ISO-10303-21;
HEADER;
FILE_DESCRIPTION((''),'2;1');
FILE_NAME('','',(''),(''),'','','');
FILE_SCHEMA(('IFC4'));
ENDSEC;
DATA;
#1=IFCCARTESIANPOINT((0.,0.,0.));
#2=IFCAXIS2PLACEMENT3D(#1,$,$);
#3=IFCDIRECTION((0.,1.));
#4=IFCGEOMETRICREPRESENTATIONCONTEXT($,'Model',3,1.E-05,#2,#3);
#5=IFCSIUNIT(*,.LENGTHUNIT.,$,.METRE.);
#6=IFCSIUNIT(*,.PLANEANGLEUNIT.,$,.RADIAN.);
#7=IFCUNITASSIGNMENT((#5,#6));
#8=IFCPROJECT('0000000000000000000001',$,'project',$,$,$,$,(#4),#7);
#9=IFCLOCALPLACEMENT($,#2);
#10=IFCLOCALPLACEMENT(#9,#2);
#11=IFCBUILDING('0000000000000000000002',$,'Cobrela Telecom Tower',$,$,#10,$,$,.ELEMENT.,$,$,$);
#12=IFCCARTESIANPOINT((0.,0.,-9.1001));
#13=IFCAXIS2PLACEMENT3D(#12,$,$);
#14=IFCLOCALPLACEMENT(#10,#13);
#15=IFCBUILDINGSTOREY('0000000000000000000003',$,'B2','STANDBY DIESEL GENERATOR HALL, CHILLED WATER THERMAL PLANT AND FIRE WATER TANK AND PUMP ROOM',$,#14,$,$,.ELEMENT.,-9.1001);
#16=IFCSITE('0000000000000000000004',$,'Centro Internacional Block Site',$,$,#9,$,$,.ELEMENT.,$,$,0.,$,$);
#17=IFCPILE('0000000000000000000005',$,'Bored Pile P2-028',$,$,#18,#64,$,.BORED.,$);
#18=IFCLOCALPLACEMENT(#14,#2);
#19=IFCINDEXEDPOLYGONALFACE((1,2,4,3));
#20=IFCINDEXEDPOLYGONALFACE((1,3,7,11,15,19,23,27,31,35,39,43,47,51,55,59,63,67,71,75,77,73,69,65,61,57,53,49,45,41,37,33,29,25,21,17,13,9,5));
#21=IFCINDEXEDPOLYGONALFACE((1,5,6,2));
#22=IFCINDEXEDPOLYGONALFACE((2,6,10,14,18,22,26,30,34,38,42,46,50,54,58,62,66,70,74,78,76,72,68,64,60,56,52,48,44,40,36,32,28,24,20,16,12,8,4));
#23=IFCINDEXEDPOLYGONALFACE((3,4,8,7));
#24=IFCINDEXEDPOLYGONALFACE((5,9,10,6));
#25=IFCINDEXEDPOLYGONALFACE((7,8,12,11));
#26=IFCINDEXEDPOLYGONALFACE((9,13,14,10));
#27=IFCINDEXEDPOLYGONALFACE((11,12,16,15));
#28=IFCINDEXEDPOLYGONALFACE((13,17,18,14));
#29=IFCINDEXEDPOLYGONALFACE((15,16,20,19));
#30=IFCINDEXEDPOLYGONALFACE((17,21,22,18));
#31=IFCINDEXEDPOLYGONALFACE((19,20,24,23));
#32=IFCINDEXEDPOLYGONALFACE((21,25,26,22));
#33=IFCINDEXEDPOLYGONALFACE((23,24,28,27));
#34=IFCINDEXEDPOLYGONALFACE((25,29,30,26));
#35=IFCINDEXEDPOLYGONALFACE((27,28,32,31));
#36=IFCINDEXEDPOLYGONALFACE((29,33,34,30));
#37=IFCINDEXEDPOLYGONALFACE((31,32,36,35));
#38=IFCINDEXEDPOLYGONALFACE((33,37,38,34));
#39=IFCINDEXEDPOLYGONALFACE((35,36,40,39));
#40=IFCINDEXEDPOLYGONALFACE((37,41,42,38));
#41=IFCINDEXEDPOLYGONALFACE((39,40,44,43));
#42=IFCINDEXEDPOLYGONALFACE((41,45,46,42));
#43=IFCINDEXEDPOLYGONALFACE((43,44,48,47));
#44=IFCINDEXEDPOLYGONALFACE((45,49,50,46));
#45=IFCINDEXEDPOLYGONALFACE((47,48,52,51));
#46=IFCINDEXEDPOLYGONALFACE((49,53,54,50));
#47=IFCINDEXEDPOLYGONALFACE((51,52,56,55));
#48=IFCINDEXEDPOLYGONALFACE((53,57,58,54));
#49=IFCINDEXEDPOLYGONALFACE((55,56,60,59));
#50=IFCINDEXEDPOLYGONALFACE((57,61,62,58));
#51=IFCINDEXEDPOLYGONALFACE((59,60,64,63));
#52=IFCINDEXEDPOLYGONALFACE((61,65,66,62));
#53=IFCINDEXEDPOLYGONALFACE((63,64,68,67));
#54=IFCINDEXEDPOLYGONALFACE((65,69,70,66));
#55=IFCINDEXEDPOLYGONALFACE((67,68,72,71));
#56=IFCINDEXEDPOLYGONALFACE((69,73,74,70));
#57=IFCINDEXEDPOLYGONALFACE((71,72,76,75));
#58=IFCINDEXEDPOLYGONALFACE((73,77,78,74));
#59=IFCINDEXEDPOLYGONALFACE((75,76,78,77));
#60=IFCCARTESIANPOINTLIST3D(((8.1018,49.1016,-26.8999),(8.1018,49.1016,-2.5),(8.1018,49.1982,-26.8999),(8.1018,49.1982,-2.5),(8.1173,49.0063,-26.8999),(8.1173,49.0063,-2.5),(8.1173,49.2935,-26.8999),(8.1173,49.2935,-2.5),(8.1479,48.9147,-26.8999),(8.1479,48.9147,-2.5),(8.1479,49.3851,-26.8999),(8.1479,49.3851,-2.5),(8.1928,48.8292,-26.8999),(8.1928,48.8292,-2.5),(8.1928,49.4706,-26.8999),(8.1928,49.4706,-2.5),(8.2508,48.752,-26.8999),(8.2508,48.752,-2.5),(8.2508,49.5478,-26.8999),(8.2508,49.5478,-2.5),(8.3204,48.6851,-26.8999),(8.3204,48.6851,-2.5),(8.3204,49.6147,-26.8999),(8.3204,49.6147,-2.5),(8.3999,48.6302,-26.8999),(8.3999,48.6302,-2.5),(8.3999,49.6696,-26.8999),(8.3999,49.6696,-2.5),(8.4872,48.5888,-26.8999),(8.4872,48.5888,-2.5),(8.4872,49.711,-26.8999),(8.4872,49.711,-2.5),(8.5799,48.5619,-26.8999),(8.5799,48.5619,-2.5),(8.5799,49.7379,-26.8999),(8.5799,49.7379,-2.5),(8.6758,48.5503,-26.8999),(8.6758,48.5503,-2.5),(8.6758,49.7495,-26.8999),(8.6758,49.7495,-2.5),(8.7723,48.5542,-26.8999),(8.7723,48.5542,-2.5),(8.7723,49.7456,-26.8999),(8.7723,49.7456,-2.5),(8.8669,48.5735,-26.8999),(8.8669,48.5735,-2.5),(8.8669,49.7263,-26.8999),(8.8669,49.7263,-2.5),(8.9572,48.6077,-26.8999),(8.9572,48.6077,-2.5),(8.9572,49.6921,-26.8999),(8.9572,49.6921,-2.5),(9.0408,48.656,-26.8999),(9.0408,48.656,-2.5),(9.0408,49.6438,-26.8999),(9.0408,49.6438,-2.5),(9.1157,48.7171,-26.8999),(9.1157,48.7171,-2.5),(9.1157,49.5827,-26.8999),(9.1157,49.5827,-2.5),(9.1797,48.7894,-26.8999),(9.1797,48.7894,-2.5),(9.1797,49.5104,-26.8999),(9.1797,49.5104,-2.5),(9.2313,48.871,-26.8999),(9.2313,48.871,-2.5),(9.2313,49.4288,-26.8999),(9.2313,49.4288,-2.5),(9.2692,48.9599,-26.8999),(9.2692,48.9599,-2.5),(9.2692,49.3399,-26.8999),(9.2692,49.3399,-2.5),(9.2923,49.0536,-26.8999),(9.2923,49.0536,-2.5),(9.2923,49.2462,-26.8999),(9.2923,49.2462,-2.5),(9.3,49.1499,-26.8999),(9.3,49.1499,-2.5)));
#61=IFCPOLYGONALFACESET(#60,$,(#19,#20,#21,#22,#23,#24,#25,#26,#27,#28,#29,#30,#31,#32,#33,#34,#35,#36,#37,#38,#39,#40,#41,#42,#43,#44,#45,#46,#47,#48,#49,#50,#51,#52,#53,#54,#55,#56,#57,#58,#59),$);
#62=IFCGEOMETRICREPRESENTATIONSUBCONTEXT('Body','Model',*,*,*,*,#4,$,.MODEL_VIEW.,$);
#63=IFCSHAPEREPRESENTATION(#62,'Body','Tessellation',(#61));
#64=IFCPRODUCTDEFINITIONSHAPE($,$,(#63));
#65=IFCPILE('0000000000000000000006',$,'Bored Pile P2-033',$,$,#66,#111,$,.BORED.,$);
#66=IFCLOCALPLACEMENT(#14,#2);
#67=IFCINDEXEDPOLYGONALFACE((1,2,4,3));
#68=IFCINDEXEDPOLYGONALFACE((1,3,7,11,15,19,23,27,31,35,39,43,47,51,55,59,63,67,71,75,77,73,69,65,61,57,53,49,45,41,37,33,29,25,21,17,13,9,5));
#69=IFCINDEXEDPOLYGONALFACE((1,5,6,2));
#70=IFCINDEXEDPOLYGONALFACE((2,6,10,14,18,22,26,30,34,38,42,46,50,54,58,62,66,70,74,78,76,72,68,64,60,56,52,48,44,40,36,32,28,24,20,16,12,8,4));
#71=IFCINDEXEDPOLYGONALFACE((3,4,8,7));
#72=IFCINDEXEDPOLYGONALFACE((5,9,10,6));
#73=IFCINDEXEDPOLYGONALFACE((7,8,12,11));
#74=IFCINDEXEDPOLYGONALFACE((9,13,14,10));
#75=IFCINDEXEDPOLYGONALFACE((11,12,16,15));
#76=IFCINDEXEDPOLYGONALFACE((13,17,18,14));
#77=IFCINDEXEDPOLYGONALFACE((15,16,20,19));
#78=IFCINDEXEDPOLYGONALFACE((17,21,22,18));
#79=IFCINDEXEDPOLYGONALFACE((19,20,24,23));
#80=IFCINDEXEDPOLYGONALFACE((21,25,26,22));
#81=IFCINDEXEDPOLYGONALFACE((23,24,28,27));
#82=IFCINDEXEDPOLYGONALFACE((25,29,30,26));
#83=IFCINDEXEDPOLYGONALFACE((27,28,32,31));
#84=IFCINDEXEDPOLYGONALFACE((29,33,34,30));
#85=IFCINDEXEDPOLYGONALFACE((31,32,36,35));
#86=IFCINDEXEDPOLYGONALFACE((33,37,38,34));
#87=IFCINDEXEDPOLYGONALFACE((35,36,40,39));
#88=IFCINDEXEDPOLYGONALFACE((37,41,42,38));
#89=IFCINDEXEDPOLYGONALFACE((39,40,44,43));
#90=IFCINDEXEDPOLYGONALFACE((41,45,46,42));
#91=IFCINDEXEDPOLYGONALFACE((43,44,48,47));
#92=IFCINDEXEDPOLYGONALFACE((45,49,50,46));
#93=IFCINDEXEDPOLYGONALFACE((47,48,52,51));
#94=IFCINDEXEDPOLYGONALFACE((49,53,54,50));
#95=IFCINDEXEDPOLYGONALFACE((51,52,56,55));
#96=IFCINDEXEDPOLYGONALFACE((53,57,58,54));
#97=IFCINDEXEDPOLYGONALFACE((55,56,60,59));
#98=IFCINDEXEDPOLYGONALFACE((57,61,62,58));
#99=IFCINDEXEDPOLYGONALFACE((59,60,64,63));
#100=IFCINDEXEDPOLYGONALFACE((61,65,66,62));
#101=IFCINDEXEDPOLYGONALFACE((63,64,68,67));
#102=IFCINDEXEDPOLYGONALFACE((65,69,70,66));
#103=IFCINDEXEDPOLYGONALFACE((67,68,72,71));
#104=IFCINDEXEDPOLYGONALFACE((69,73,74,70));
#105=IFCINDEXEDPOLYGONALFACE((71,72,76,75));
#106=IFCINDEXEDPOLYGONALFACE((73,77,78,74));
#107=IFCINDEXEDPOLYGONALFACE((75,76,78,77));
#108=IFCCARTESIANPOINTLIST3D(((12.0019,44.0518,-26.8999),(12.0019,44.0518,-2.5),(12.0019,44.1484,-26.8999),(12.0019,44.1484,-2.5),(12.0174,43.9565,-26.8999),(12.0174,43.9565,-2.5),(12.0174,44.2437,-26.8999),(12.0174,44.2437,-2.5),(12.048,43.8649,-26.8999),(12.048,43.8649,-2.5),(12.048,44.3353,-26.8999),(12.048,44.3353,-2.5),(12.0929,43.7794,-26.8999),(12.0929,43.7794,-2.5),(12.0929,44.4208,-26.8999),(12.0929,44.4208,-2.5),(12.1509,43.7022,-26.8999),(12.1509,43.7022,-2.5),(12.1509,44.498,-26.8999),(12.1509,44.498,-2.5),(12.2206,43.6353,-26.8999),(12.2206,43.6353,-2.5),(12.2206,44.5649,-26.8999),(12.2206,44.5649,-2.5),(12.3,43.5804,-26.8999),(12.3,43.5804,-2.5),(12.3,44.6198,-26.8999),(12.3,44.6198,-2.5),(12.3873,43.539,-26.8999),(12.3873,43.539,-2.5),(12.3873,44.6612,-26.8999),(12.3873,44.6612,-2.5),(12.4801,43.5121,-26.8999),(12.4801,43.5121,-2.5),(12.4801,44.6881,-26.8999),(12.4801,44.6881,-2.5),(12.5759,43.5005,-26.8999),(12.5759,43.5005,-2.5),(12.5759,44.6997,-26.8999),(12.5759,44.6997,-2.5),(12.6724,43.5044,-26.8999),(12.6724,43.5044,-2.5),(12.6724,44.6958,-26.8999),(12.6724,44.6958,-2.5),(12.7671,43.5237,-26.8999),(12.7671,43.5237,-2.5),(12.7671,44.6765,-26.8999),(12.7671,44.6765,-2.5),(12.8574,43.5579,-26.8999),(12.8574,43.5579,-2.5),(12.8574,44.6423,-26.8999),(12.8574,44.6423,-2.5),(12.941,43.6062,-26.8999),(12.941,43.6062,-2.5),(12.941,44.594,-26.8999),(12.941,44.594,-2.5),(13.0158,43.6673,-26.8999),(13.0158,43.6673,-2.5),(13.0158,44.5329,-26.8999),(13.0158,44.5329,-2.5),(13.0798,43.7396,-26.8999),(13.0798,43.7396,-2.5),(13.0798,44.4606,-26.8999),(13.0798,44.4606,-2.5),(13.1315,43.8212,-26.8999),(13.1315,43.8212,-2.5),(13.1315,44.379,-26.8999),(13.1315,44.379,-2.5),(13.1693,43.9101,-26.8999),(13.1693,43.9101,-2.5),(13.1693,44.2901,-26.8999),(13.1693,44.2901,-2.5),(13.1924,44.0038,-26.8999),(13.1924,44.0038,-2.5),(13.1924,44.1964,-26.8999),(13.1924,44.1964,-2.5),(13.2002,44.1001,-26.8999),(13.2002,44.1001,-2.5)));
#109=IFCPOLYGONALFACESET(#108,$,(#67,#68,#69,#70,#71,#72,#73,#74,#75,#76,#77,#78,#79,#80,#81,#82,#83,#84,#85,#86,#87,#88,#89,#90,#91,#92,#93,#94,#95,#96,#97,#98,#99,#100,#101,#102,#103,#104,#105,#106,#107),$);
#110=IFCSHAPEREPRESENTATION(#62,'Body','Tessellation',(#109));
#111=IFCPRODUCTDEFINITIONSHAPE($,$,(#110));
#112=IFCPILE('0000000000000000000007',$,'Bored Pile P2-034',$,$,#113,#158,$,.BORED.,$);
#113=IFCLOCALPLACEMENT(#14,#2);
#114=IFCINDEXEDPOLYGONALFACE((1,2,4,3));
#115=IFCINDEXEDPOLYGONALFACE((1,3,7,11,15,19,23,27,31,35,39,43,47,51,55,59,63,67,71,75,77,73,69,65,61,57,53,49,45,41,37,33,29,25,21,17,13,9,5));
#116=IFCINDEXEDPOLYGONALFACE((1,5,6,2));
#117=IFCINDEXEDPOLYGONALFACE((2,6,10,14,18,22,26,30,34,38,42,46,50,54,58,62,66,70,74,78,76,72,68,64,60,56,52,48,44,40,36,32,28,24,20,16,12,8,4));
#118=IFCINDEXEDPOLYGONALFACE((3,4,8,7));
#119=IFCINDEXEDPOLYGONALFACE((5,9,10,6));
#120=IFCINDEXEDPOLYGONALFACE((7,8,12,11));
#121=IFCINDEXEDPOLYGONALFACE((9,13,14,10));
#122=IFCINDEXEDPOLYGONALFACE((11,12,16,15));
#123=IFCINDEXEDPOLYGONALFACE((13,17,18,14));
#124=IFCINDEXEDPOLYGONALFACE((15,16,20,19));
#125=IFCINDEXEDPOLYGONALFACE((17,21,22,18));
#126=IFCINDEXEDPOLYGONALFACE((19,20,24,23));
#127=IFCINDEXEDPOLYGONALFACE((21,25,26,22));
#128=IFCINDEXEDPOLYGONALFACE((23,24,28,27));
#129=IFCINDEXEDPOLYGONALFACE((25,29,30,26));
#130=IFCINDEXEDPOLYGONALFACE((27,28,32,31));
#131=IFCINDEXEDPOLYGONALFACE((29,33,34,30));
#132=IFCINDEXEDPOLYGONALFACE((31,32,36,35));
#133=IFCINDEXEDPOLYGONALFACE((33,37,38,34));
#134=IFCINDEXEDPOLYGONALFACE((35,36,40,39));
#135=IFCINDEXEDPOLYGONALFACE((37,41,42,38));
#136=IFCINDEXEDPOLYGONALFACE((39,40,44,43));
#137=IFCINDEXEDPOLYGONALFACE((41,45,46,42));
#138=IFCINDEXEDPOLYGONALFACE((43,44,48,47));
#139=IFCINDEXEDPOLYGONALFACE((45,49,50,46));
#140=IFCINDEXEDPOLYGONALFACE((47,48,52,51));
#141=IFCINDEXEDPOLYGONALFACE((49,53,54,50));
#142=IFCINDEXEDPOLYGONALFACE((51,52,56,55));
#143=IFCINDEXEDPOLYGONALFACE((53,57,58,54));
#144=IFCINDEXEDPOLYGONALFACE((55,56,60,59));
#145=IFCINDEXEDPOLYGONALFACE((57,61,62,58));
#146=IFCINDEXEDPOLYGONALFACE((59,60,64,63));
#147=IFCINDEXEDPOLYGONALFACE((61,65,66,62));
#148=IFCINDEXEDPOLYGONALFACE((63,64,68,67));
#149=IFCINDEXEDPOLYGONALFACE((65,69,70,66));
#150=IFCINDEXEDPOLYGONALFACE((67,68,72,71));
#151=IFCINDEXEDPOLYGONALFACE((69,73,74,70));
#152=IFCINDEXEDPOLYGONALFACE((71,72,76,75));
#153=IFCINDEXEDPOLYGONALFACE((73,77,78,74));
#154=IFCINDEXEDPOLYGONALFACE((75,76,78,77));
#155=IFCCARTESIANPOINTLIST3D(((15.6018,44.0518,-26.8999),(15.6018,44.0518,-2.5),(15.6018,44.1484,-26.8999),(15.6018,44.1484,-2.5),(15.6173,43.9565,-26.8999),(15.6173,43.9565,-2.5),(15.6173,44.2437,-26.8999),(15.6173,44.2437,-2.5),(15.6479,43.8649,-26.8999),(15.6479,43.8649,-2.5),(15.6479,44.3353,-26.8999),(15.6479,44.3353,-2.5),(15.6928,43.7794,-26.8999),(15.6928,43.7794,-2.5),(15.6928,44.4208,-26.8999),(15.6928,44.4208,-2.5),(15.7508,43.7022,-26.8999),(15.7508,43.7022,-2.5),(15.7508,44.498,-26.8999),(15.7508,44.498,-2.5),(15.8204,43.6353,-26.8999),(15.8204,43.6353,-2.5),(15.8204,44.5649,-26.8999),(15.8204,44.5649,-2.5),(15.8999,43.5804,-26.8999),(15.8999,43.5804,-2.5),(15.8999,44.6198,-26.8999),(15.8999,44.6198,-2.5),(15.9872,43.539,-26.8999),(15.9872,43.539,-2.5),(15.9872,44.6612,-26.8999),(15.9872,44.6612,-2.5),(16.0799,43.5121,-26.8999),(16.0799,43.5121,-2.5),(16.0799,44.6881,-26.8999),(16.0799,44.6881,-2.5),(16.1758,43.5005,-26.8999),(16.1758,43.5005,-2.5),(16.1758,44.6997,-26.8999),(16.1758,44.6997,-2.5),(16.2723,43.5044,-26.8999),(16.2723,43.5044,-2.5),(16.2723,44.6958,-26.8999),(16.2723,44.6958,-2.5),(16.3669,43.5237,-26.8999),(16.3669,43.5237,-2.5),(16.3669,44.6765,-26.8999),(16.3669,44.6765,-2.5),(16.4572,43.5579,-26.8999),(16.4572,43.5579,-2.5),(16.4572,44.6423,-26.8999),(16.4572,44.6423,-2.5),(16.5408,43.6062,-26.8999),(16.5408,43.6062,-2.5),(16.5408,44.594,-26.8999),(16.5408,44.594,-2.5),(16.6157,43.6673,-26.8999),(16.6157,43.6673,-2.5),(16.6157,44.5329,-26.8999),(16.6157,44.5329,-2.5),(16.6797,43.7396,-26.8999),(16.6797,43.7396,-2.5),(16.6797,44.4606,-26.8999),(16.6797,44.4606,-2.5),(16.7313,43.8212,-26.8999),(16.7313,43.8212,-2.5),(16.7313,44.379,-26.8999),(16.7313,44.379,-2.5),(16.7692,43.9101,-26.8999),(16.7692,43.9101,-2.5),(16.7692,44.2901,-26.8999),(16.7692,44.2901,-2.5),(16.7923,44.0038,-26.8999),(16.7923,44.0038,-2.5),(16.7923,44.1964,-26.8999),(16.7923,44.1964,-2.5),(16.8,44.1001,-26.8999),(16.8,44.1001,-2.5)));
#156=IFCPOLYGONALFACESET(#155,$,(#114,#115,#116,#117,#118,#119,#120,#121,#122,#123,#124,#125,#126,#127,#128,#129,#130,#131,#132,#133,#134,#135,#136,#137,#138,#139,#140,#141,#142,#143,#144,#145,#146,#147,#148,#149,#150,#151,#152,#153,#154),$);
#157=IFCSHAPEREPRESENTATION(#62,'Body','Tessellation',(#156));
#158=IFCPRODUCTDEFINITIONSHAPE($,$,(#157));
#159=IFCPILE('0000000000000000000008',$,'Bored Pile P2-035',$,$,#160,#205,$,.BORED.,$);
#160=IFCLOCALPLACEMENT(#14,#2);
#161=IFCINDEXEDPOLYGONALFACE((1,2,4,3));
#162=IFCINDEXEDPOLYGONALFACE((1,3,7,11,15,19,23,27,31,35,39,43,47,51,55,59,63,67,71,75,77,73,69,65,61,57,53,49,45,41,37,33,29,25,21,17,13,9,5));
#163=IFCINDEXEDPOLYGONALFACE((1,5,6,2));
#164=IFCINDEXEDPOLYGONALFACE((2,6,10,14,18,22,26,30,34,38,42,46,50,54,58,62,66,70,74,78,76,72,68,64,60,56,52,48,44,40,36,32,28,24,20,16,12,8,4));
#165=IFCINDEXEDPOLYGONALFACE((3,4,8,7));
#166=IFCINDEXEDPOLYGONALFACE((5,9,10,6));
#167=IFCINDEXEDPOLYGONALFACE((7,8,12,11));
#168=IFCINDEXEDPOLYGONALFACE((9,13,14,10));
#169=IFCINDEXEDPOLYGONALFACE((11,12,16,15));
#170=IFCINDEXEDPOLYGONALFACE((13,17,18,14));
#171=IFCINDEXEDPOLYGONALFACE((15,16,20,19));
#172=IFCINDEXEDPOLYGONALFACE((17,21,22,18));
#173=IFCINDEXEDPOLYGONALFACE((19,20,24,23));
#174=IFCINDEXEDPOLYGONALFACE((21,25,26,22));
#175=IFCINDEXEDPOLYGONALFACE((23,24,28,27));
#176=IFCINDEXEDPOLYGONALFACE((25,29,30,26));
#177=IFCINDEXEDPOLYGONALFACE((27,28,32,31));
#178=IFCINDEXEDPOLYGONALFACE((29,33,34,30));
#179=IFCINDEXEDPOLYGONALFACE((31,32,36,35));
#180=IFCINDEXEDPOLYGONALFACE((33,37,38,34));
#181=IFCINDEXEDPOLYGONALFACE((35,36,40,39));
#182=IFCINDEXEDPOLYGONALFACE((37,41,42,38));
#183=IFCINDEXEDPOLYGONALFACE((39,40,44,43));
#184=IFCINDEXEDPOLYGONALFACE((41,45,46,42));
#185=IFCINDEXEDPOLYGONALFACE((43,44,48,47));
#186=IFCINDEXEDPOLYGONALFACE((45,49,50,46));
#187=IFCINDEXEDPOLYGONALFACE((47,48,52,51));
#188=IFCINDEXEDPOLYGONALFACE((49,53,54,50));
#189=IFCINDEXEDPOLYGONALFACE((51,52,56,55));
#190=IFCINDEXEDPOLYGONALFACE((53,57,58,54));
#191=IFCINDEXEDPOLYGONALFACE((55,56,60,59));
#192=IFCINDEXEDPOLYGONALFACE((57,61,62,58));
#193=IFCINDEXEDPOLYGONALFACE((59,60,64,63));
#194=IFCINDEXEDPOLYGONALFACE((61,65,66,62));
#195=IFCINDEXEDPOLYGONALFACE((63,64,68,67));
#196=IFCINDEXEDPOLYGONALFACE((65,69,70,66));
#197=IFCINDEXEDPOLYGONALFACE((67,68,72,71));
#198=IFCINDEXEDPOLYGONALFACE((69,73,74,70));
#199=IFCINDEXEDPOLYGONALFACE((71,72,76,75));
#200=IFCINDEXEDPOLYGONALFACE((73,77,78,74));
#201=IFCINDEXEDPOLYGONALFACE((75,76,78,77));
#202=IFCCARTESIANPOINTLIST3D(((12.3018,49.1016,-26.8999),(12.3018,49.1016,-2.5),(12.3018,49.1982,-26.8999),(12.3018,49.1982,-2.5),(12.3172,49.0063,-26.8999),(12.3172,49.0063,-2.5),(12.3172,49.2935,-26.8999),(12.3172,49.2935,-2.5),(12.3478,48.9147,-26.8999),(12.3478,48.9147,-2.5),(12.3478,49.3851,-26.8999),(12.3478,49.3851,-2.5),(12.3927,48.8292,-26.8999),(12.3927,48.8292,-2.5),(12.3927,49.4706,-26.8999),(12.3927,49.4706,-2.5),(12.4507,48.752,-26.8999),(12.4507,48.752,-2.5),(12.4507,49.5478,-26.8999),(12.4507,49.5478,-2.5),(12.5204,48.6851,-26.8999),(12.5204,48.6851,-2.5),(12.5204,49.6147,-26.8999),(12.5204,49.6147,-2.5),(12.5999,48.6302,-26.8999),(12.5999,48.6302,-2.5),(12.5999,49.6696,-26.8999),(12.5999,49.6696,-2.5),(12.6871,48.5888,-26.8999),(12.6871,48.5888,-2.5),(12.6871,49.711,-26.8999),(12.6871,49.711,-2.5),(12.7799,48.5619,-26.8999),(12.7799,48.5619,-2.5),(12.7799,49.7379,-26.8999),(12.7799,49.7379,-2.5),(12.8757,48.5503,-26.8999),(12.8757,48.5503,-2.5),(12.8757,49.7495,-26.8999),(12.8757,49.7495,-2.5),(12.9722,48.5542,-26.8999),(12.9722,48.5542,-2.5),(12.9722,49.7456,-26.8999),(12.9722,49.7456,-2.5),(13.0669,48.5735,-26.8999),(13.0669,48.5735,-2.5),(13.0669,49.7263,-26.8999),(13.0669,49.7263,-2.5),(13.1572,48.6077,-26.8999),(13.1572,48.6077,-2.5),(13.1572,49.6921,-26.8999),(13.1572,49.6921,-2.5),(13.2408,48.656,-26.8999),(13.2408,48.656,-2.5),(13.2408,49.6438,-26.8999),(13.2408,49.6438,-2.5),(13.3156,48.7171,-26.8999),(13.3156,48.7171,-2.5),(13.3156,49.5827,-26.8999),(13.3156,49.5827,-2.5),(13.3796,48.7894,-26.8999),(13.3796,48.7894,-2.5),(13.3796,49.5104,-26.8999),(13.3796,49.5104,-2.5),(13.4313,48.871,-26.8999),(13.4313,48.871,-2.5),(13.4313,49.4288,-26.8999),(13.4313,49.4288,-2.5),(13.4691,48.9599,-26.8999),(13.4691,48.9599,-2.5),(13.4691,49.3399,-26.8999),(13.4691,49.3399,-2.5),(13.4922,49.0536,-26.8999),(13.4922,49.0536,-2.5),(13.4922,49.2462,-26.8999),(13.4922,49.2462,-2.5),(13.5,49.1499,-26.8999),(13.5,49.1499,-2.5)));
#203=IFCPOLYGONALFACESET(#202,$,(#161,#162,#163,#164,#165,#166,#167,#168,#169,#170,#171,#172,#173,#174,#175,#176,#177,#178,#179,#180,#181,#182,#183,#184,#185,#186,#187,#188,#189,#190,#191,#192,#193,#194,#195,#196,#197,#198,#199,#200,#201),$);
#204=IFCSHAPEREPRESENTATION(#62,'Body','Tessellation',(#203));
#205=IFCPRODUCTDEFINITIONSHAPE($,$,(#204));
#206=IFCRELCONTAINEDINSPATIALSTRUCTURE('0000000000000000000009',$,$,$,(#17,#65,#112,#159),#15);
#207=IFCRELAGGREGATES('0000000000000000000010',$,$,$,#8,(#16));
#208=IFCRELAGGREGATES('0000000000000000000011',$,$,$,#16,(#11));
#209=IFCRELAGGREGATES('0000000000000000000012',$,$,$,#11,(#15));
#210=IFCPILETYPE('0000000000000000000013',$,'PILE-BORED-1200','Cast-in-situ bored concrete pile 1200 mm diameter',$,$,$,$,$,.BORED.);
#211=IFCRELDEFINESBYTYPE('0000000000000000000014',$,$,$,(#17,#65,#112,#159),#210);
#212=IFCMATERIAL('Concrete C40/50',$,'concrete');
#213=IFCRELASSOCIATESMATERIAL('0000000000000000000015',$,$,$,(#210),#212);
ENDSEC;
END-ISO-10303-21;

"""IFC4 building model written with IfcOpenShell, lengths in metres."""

from ifc_helpers import new_model, si_unit, direction, frame, origin, origin_2d, place, context, subcontext, project, spatial, circle, extrude, material, material_profile, profile_set, type_object, element, save


model = new_model("IFC4")

# Units and contexts
model_context = context("Model", 3, precision=1e-05, world=origin(), true_north=direction((0.0, 1.0)))
body_context = subcontext(model_context, "Body", "Model", "MODEL_VIEW")
ifc_project = project(units=[si_unit("LENGTHUNIT", "METRE"), si_unit("PLANEANGLEUNIT", "RADIAN")], contexts=[model_context])

# Site, building, storey
site_placement = place(None, origin())
site = spatial("IfcSite", under=ifc_project, at=site_placement, Name="Centro Internacional Block Site", CompositionType="ELEMENT", RefElevation=0.0)
building_placement = place(site_placement, origin())
building = spatial("IfcBuilding", under=site, at=building_placement, Name="Cobrela Telecom Tower", CompositionType="ELEMENT")
storey_placement = place(building_placement, frame((0.0, 0.0, -9.1001)))
storey = spatial("IfcBuildingStorey", under=building, at=storey_placement, Name="B2", Description="STANDBY DIESEL GENERATOR HALL, CHILLED WATER THERMAL PLANT AND FIRE WATER TANK AND PUMP ROOM", CompositionType="ELEMENT", Elevation=-9.1001)

# Shared definitions
ifc_material_1 = material(Name="Concrete C40/50", Category="concrete")

# Piles
ifc_material_profile_1 = material_profile(ifc_material_1, circle(Radius=0.6001, at=origin_2d()), Name="BORED PILE D1200")
ifc_profile_set_1 = profile_set([ifc_material_profile_1], Name="Concrete C40/50")
pile_type = type_object("IfcPileType", Name="PILE-BORED-1200", Description="Cast-in-situ bored concrete pile 1200 mm diameter", PredefinedType="BORED", material=ifc_profile_set_1)
for number, where, z_axis, x_axis, name in (
    (1, (8.7, 49.1499, -2.5), (0.0, 0.0, -1.0), (1.0, 0.0, 0.0), "Bored Pile P2-028"),
    (2, (12.6001, 44.1001, -2.5), (0.0, 0.0, -1.0), (1.0, 0.0, 0.0), "Bored Pile P2-033"),
    (3, (16.2, 44.1001, -2.5), (0.0, 0.0, -1.0), (1.0, 0.0, 0.0), "Bored Pile P2-034"),
    (4, (12.8999, 49.1499, -2.5), (0.0, 0.0, -1.0), (1.0, 0.0, 0.0), "Bored Pile P2-035"),
):
    element("IfcPile", number, at=place(storey_placement, frame(where, z_axis=z_axis, x_axis=x_axis)), inside=storey, type_object=pile_type, Name=name, PredefinedType="BORED", context=body_context, shape_type="SweptSolid", body=[
        extrude(circle(Radius=0.6001, at=origin_2d()), origin(), (0.0, 0.0, 1.0), 24.3999),
    ])

save(model, "model.ifc")
